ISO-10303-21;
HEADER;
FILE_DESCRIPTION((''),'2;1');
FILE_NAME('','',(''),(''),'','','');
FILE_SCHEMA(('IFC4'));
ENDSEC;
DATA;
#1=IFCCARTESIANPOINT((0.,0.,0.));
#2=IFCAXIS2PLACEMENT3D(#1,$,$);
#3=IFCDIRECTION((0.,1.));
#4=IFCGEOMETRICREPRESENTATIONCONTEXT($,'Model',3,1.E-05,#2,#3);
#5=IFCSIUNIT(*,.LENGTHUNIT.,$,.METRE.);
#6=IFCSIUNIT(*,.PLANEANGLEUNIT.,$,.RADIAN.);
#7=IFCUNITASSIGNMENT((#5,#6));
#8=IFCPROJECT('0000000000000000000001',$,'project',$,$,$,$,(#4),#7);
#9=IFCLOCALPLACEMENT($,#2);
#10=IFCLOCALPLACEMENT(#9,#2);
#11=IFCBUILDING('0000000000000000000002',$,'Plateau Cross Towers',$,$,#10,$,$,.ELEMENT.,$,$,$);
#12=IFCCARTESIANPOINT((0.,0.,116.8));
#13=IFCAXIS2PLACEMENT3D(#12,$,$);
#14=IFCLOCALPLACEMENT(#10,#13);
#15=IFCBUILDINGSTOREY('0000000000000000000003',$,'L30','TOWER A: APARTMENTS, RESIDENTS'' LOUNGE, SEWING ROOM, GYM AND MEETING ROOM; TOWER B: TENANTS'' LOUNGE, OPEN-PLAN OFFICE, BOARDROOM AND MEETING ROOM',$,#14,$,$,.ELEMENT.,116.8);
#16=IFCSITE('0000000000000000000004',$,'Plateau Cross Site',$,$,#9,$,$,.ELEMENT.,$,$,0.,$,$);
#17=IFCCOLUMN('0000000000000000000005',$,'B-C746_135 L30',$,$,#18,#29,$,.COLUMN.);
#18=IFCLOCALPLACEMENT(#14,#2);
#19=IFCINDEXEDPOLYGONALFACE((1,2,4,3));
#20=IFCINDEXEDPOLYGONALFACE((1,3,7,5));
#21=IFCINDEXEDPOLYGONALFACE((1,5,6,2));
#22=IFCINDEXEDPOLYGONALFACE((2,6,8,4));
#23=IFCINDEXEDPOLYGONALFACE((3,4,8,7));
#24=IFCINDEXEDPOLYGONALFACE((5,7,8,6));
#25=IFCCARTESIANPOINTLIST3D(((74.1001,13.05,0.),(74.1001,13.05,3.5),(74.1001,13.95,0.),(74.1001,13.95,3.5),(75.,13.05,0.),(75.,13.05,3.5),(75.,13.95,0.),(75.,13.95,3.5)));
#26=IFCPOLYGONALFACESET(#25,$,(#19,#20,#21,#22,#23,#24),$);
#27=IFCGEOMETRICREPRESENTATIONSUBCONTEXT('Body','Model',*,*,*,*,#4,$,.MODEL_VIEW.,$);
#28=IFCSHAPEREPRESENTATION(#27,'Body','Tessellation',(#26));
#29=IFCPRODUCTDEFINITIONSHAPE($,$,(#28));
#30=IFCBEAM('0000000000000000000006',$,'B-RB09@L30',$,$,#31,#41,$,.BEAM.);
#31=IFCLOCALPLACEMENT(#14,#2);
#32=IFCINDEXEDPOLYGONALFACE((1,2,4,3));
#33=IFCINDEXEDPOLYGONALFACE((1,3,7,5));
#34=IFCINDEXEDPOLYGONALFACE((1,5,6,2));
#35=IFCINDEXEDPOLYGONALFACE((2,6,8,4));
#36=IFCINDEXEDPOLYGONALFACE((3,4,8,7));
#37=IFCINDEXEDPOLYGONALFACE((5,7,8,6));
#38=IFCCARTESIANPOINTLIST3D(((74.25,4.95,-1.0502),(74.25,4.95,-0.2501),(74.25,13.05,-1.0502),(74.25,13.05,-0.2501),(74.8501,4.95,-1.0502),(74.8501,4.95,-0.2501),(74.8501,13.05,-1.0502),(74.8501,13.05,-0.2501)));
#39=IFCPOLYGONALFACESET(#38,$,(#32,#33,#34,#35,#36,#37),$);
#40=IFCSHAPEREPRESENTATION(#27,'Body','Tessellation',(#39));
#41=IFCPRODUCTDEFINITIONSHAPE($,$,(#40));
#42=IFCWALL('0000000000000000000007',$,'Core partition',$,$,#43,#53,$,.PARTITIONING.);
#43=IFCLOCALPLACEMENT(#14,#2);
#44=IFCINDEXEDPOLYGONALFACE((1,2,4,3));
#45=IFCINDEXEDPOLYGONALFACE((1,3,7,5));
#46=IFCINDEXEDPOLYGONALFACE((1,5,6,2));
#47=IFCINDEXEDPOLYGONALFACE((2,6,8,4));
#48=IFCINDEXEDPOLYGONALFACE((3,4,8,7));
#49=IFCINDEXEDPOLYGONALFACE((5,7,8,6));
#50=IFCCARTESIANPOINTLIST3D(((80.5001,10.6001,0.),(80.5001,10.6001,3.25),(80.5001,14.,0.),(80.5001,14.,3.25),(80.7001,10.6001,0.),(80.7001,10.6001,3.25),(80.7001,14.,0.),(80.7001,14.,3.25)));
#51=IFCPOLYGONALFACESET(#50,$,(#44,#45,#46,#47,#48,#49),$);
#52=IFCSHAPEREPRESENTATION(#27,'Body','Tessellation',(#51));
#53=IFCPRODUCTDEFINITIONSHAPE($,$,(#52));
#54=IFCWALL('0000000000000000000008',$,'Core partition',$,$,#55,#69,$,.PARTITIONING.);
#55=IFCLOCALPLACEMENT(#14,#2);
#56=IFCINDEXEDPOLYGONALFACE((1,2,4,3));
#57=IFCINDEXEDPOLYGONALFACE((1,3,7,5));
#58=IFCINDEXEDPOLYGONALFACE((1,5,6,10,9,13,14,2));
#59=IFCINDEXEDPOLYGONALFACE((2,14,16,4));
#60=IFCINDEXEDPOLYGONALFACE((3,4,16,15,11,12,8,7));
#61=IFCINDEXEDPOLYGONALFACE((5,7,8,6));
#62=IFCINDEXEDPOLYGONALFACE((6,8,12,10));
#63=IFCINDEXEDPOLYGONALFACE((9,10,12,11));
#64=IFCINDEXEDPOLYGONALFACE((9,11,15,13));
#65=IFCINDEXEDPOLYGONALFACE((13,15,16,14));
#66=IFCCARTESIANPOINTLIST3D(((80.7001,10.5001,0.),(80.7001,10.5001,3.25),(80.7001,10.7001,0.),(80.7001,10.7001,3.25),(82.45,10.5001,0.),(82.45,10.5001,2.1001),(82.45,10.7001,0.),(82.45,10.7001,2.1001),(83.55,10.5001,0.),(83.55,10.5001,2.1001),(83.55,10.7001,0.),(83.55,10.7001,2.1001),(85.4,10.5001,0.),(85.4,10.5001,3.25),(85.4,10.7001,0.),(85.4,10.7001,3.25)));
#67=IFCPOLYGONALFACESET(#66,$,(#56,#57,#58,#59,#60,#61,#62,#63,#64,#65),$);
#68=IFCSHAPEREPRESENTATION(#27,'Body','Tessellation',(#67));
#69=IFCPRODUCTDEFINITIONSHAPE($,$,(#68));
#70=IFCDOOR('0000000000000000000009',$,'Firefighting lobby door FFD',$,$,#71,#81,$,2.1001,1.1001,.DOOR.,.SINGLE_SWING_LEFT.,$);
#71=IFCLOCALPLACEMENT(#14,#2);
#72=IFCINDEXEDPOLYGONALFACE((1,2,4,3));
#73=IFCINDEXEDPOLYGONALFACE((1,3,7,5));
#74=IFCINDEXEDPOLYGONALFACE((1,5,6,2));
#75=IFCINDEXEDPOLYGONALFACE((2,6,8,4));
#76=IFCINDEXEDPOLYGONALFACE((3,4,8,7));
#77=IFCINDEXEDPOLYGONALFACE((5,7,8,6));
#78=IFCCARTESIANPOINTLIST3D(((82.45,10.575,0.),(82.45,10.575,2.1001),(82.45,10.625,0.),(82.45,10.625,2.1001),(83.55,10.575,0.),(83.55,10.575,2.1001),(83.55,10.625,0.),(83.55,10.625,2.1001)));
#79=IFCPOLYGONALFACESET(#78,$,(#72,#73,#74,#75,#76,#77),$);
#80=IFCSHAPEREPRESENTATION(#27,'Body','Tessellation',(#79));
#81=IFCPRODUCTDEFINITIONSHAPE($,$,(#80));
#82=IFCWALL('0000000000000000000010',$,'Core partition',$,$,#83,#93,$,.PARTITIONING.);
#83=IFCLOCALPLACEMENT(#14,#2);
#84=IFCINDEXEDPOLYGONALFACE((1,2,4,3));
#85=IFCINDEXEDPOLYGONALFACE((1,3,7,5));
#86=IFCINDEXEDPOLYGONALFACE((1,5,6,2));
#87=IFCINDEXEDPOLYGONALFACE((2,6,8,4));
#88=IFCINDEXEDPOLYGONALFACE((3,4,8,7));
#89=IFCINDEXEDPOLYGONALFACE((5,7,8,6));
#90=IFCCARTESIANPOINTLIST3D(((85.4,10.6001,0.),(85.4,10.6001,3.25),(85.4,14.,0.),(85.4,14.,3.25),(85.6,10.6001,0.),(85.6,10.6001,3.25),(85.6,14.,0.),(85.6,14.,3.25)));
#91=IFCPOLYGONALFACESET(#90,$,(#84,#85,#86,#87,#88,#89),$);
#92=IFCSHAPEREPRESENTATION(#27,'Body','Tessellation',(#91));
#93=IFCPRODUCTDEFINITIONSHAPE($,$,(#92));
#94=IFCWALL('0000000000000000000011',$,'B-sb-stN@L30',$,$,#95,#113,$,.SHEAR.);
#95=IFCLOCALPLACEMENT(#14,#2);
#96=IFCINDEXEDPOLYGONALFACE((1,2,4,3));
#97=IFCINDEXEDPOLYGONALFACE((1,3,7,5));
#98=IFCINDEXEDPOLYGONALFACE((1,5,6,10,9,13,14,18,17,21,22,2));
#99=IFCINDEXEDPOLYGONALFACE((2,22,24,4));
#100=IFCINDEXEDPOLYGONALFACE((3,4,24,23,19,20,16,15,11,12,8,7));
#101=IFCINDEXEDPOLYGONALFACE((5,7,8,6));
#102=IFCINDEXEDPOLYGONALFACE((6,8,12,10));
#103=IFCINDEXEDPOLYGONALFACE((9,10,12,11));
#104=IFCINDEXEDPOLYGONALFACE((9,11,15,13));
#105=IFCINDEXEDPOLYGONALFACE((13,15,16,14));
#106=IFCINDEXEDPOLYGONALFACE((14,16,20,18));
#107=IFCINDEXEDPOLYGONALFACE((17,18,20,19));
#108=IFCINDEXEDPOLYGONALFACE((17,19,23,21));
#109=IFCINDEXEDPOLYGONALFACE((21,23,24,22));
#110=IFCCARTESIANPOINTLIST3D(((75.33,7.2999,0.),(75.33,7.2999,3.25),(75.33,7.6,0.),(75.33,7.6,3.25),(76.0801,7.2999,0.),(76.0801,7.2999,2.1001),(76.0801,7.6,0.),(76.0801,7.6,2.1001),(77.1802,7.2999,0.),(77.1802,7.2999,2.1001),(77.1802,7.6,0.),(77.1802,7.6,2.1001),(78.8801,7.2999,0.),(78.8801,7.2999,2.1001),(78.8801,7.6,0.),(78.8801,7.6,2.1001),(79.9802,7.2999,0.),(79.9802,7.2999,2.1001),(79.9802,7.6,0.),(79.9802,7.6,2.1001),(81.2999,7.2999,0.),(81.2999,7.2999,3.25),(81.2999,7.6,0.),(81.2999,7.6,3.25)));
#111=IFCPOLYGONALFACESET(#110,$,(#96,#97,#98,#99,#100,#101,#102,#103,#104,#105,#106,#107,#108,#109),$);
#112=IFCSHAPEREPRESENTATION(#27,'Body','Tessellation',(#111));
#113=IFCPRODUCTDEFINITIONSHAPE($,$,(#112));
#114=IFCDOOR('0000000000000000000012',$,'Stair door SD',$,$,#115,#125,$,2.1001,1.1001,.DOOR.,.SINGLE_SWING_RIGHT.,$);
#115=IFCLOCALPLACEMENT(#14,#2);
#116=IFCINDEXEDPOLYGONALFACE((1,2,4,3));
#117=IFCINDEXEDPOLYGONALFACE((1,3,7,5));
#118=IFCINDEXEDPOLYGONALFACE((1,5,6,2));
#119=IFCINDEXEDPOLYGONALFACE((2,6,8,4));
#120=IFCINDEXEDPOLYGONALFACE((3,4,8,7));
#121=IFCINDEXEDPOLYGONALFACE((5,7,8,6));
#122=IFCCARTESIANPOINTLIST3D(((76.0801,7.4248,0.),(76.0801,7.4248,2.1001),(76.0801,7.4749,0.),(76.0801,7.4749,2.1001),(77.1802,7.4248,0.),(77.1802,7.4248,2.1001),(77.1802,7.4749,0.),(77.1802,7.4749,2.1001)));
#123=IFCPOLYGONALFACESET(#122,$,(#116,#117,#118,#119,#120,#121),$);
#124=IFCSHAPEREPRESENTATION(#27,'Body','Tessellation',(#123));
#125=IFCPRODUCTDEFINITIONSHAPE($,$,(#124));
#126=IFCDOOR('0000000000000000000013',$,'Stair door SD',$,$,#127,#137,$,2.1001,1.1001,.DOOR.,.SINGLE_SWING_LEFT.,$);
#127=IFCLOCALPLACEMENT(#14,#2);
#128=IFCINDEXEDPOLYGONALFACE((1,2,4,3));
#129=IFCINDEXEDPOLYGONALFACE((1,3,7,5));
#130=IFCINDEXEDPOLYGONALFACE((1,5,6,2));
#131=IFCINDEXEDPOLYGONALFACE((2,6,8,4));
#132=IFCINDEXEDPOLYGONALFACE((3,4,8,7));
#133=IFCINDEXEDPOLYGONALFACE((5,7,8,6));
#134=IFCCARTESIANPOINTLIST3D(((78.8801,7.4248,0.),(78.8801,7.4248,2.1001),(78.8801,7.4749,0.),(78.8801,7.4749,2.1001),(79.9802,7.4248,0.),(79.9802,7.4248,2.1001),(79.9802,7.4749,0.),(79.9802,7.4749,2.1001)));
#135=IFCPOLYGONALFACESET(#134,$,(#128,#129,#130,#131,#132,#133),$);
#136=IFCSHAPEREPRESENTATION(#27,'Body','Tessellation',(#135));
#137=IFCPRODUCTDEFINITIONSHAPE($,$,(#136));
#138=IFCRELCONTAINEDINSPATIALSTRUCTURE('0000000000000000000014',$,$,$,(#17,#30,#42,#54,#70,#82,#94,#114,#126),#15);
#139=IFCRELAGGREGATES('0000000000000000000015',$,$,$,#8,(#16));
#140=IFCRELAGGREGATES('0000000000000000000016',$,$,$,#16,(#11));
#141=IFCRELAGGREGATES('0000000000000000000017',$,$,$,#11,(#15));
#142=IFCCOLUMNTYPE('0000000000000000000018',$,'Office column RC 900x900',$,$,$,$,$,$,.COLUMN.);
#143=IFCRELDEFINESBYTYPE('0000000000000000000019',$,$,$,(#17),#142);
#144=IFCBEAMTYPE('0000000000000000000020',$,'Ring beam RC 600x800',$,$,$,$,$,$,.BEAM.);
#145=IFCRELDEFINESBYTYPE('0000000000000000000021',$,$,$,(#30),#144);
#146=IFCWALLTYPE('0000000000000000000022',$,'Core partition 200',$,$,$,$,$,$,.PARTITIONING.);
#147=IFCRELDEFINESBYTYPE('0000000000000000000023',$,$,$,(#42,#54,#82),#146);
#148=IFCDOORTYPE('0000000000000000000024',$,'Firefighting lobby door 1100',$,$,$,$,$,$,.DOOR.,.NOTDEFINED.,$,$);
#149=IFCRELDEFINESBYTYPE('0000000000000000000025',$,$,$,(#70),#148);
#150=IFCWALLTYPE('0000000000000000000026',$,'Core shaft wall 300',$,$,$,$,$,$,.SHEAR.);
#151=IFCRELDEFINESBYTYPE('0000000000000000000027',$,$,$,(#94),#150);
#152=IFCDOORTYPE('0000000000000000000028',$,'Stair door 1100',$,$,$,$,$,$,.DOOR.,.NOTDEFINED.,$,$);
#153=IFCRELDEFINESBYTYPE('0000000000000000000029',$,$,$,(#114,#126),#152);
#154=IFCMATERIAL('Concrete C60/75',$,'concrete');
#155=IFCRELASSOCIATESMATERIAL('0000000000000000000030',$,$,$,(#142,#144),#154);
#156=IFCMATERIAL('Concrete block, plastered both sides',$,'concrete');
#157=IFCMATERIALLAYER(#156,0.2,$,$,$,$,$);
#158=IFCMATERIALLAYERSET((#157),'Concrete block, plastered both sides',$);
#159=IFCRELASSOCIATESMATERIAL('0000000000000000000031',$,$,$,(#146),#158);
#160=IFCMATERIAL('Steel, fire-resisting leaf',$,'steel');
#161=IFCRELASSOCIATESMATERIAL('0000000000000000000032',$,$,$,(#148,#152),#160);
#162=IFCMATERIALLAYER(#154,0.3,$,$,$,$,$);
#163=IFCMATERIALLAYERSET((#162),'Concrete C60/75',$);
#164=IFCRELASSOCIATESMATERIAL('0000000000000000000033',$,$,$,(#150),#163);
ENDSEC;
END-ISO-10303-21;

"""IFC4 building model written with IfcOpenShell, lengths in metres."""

from ifc_helpers import new_model, si_unit, direction, frame, frame_2d, origin, origin_2d, place, context, subcontext, project, spatial, rectangle, extrude, material, layer, layer_set, material_profile, profile_set, type_object, element, fill, save


model = new_model("IFC4")

# Units and contexts
model_context = context("Model", 3, precision=1e-05, world=origin(), true_north=direction((0.0, 1.0)))
body_context = subcontext(model_context, "Body", "Model", "MODEL_VIEW")
ifc_project = project(units=[si_unit("LENGTHUNIT", "METRE"), si_unit("PLANEANGLEUNIT", "RADIAN")], contexts=[model_context])

# Site, building, storey
site_placement = place(None, origin())
site = spatial("IfcSite", under=ifc_project, at=site_placement, Name="Plateau Cross Site", CompositionType="ELEMENT", RefElevation=0.0)
building_placement = place(site_placement, origin())
building = spatial("IfcBuilding", under=site, at=building_placement, Name="Plateau Cross Towers", CompositionType="ELEMENT")
storey_placement = place(building_placement, frame((0.0, 0.0, 116.8)))
storey = spatial("IfcBuildingStorey", under=building, at=storey_placement, Name="L30", Description="TOWER A: APARTMENTS, RESIDENTS' LOUNGE, SEWING ROOM, GYM AND MEETING ROOM; TOWER B: TENANTS' LOUNGE, OPEN-PLAN OFFICE, BOARDROOM AND MEETING ROOM", CompositionType="ELEMENT", Elevation=116.8)

# Column
ifc_material_1 = material(Name="Concrete C60/75", Category="concrete")
ifc_material_profile_1 = material_profile(ifc_material_1, rectangle(XDim=0.8999, YDim=0.8999, at=origin_2d()), Name="RC 900x900")
ifc_profile_set_1 = profile_set([ifc_material_profile_1], Name="Concrete C60/75")
column_type = type_object("IfcColumnType", Name="Office column RC 900x900", PredefinedType="COLUMN", material=ifc_profile_set_1)
column_placement = place(storey_placement, frame((74.55, 13.5, 0.0), z_axis=(0.0, 0.0, 1.0), x_axis=(1.0, 0.0, 0.0)))
element("IfcColumn", 1, at=column_placement, inside=storey, type_object=column_type, Name="B-C746_135 L30", PredefinedType="COLUMN", context=body_context, shape_type="SweptSolid", body=[
    extrude(rectangle(XDim=0.8999, YDim=0.8999, at=origin_2d()), origin(), (0.0, 0.0, 1.0), 3.5),
])

# Beam
ifc_material_profile_2 = material_profile(ifc_material_1, rectangle(XDim=0.6001, YDim=0.8, at=origin_2d()), Name="RC 600x800")
ifc_profile_set_2 = profile_set([ifc_material_profile_2], Name="Concrete C60/75")
beam_type = type_object("IfcBeamType", Name="Ring beam RC 600x800", PredefinedType="BEAM", material=ifc_profile_set_2)
beam_placement = place(storey_placement, frame((74.55, 13.05, -0.6501), z_axis=(0.0, -1.0, 0.0), x_axis=(1.0, 0.0, 0.0)))
element("IfcBeam", 2, at=beam_placement, inside=storey, type_object=beam_type, Name="B-RB09@L30", PredefinedType="BEAM", context=body_context, shape_type="SweptSolid", body=[
    extrude(rectangle(XDim=0.6001, YDim=0.8, at=origin_2d()), origin(), (0.0, 0.0, 1.0), 8.1001),
])

# Wall
ifc_material_2 = material(Name="Concrete block, plastered both sides", Category="concrete")
ifc_layer_1 = layer(ifc_material_2, 0.2)
ifc_layer_set_1 = layer_set([ifc_layer_1], Name="Concrete block, plastered both sides")
wall_type_1 = type_object("IfcWallType", Name="Core partition 200", PredefinedType="PARTITIONING", material=ifc_layer_set_1)
wall_1_placement = place(storey_placement, frame((80.6001, 10.6001, 0.0), z_axis=(0.0, 0.0, 1.0), x_axis=(0.0, 1.0, 0.0)))
element("IfcWall", 3, at=wall_1_placement, inside=storey, type_object=wall_type_1, Name="Core partition", PredefinedType="PARTITIONING", context=body_context, shape_type="SweptSolid", body=[
    extrude(rectangle(XDim=3.3999, YDim=0.2, at=frame_2d((1.7, 0.0))), origin(), (0.0, 0.0, 1.0), 3.25),
])

# Wall, opening, door
wall_2_placement = place(storey_placement, frame((80.7, 10.6001, 0.0), z_axis=(0.0, 0.0, 1.0), x_axis=(1.0, 0.0, 0.0)))
wall_2 = element("IfcWall", 4, at=wall_2_placement, inside=storey, type_object=wall_type_1, Name="Core partition", PredefinedType="PARTITIONING", context=body_context, shape_type="SweptSolid", body=[
    extrude(rectangle(XDim=4.7, YDim=0.2, at=frame_2d((2.3501, 0.0))), origin(), (0.0, 0.0, 1.0), 3.25),
])
opening_1_placement = place(wall_2_placement, frame((1.75, 0.0, 0.0)))
opening_1 = element("IfcOpeningElement", 5, at=opening_1_placement, cuts=wall_2, PredefinedType="OPENING", context=body_context, shape_type="SweptSolid", body=[
    extrude(rectangle(XDim=1.1001, YDim=2.1001, at=frame_2d((0.55, 1.05))), frame((0.0, 0.1099, 0.0), z_axis=(0.0, -1.0, 0.0), x_axis=(1.0, 0.0, 0.0)), (0.0, 0.0, 1.0), 0.22),
])
ifc_material_3 = material(Name="Steel, fire-resisting leaf", Category="steel")
door_type_1 = type_object("IfcDoorType", Name="Firefighting lobby door 1100", OperationType="NOTDEFINED", PredefinedType="DOOR", material=ifc_material_3)
door_1_placement = place(opening_1_placement, origin())
door_1 = element("IfcDoor", 6, at=door_1_placement, inside=storey, type_object=door_type_1, Name="Firefighting lobby door FFD", OperationType="SINGLE_SWING_LEFT", OverallHeight=2.1001, OverallWidth=1.1001, PredefinedType="DOOR", context=body_context, shape_type="SweptSolid", body=[
    extrude(rectangle(XDim=1.1001, YDim=2.1001, at=frame_2d((0.55, 1.05))), frame((0.0, 0.0249, 0.0), z_axis=(0.0, -1.0, 0.0), x_axis=(1.0, 0.0, 0.0)), (0.0, 0.0, 1.0), 0.05),
])
fill(opening_1, door_1)

# Wall
wall_3_placement = place(storey_placement, frame((85.5, 10.6001, 0.0), z_axis=(0.0, 0.0, 1.0), x_axis=(0.0, 1.0, 0.0)))
element("IfcWall", 7, at=wall_3_placement, inside=storey, type_object=wall_type_1, Name="Core partition", PredefinedType="PARTITIONING", context=body_context, shape_type="SweptSolid", body=[
    extrude(rectangle(XDim=3.3999, YDim=0.2, at=frame_2d((1.7, 0.0))), origin(), (0.0, 0.0, 1.0), 3.25),
])

# Wall, openings, doors
ifc_layer_2 = layer(ifc_material_1, 0.3)
ifc_layer_set_2 = layer_set([ifc_layer_2], Name="Concrete C60/75")
wall_type_2 = type_object("IfcWallType", Name="Core shaft wall 300", PredefinedType="SHEAR", material=ifc_layer_set_2)
wall_4_placement = place(storey_placement, frame((75.3301, 7.45, 0.0), z_axis=(0.0, 0.0, 1.0), x_axis=(1.0, 0.0, 0.0)))
wall_4 = element("IfcWall", 8, at=wall_4_placement, inside=storey, type_object=wall_type_2, Name="B-sb-stN@L30", PredefinedType="SHEAR", context=body_context, shape_type="SweptSolid", body=[
    extrude(rectangle(XDim=5.97, YDim=0.3, at=frame_2d((2.9849, 0.0))), origin(), (0.0, 0.0, 1.0), 3.25),
])
opening_2_placement = place(wall_4_placement, frame((0.75, 0.0, 0.0)))
opening_2 = element("IfcOpeningElement", 9, at=opening_2_placement, cuts=wall_4, PredefinedType="OPENING", context=body_context, shape_type="SweptSolid", body=[
    extrude(rectangle(XDim=1.1001, YDim=2.1001, at=frame_2d((0.55, 1.05))), frame((0.0, 0.1599, 0.0), z_axis=(0.0, -1.0, 0.0), x_axis=(1.0, 0.0, 0.0)), (0.0, 0.0, 1.0), 0.3201),
])
opening_3_placement = place(wall_4_placement, frame((3.55, 0.0, 0.0)))
opening_3 = element("IfcOpeningElement", 10, at=opening_3_placement, cuts=wall_4, PredefinedType="OPENING", context=body_context, shape_type="SweptSolid", body=[
    extrude(rectangle(XDim=1.1001, YDim=2.1001, at=frame_2d((0.55, 1.05))), frame((0.0, 0.1599, 0.0), z_axis=(0.0, -1.0, 0.0), x_axis=(1.0, 0.0, 0.0)), (0.0, 0.0, 1.0), 0.3201),
])
door_type_2 = type_object("IfcDoorType", Name="Stair door 1100", OperationType="NOTDEFINED", PredefinedType="DOOR", material=ifc_material_3)
door_2_placement = place(opening_2_placement, origin())
door_2 = element("IfcDoor", 11, at=door_2_placement, inside=storey, type_object=door_type_2, Name="Stair door SD", OperationType="SINGLE_SWING_RIGHT", OverallHeight=2.1001, OverallWidth=1.1001, PredefinedType="DOOR", context=body_context, shape_type="SweptSolid", body=[
    extrude(rectangle(XDim=1.1001, YDim=2.1001, at=frame_2d((0.55, 1.05))), frame((0.0, 0.0249, 0.0), z_axis=(0.0, -1.0, 0.0), x_axis=(1.0, 0.0, 0.0)), (0.0, 0.0, 1.0), 0.05),
])
fill(opening_2, door_2)
door_3_placement = place(opening_3_placement, origin())
door_3 = element("IfcDoor", 12, at=door_3_placement, inside=storey, type_object=door_type_2, Name="Stair door SD", OperationType="SINGLE_SWING_LEFT", OverallHeight=2.1001, OverallWidth=1.1001, PredefinedType="DOOR", context=body_context, shape_type="SweptSolid", body=[
    extrude(rectangle(XDim=1.1001, YDim=2.1001, at=frame_2d((0.55, 1.05))), frame((0.0, 0.0249, 0.0), z_axis=(0.0, -1.0, 0.0), x_axis=(1.0, 0.0, 0.0)), (0.0, 0.0, 1.0), 0.05),
])
fill(opening_3, door_3)

save(model, "model.ifc")
